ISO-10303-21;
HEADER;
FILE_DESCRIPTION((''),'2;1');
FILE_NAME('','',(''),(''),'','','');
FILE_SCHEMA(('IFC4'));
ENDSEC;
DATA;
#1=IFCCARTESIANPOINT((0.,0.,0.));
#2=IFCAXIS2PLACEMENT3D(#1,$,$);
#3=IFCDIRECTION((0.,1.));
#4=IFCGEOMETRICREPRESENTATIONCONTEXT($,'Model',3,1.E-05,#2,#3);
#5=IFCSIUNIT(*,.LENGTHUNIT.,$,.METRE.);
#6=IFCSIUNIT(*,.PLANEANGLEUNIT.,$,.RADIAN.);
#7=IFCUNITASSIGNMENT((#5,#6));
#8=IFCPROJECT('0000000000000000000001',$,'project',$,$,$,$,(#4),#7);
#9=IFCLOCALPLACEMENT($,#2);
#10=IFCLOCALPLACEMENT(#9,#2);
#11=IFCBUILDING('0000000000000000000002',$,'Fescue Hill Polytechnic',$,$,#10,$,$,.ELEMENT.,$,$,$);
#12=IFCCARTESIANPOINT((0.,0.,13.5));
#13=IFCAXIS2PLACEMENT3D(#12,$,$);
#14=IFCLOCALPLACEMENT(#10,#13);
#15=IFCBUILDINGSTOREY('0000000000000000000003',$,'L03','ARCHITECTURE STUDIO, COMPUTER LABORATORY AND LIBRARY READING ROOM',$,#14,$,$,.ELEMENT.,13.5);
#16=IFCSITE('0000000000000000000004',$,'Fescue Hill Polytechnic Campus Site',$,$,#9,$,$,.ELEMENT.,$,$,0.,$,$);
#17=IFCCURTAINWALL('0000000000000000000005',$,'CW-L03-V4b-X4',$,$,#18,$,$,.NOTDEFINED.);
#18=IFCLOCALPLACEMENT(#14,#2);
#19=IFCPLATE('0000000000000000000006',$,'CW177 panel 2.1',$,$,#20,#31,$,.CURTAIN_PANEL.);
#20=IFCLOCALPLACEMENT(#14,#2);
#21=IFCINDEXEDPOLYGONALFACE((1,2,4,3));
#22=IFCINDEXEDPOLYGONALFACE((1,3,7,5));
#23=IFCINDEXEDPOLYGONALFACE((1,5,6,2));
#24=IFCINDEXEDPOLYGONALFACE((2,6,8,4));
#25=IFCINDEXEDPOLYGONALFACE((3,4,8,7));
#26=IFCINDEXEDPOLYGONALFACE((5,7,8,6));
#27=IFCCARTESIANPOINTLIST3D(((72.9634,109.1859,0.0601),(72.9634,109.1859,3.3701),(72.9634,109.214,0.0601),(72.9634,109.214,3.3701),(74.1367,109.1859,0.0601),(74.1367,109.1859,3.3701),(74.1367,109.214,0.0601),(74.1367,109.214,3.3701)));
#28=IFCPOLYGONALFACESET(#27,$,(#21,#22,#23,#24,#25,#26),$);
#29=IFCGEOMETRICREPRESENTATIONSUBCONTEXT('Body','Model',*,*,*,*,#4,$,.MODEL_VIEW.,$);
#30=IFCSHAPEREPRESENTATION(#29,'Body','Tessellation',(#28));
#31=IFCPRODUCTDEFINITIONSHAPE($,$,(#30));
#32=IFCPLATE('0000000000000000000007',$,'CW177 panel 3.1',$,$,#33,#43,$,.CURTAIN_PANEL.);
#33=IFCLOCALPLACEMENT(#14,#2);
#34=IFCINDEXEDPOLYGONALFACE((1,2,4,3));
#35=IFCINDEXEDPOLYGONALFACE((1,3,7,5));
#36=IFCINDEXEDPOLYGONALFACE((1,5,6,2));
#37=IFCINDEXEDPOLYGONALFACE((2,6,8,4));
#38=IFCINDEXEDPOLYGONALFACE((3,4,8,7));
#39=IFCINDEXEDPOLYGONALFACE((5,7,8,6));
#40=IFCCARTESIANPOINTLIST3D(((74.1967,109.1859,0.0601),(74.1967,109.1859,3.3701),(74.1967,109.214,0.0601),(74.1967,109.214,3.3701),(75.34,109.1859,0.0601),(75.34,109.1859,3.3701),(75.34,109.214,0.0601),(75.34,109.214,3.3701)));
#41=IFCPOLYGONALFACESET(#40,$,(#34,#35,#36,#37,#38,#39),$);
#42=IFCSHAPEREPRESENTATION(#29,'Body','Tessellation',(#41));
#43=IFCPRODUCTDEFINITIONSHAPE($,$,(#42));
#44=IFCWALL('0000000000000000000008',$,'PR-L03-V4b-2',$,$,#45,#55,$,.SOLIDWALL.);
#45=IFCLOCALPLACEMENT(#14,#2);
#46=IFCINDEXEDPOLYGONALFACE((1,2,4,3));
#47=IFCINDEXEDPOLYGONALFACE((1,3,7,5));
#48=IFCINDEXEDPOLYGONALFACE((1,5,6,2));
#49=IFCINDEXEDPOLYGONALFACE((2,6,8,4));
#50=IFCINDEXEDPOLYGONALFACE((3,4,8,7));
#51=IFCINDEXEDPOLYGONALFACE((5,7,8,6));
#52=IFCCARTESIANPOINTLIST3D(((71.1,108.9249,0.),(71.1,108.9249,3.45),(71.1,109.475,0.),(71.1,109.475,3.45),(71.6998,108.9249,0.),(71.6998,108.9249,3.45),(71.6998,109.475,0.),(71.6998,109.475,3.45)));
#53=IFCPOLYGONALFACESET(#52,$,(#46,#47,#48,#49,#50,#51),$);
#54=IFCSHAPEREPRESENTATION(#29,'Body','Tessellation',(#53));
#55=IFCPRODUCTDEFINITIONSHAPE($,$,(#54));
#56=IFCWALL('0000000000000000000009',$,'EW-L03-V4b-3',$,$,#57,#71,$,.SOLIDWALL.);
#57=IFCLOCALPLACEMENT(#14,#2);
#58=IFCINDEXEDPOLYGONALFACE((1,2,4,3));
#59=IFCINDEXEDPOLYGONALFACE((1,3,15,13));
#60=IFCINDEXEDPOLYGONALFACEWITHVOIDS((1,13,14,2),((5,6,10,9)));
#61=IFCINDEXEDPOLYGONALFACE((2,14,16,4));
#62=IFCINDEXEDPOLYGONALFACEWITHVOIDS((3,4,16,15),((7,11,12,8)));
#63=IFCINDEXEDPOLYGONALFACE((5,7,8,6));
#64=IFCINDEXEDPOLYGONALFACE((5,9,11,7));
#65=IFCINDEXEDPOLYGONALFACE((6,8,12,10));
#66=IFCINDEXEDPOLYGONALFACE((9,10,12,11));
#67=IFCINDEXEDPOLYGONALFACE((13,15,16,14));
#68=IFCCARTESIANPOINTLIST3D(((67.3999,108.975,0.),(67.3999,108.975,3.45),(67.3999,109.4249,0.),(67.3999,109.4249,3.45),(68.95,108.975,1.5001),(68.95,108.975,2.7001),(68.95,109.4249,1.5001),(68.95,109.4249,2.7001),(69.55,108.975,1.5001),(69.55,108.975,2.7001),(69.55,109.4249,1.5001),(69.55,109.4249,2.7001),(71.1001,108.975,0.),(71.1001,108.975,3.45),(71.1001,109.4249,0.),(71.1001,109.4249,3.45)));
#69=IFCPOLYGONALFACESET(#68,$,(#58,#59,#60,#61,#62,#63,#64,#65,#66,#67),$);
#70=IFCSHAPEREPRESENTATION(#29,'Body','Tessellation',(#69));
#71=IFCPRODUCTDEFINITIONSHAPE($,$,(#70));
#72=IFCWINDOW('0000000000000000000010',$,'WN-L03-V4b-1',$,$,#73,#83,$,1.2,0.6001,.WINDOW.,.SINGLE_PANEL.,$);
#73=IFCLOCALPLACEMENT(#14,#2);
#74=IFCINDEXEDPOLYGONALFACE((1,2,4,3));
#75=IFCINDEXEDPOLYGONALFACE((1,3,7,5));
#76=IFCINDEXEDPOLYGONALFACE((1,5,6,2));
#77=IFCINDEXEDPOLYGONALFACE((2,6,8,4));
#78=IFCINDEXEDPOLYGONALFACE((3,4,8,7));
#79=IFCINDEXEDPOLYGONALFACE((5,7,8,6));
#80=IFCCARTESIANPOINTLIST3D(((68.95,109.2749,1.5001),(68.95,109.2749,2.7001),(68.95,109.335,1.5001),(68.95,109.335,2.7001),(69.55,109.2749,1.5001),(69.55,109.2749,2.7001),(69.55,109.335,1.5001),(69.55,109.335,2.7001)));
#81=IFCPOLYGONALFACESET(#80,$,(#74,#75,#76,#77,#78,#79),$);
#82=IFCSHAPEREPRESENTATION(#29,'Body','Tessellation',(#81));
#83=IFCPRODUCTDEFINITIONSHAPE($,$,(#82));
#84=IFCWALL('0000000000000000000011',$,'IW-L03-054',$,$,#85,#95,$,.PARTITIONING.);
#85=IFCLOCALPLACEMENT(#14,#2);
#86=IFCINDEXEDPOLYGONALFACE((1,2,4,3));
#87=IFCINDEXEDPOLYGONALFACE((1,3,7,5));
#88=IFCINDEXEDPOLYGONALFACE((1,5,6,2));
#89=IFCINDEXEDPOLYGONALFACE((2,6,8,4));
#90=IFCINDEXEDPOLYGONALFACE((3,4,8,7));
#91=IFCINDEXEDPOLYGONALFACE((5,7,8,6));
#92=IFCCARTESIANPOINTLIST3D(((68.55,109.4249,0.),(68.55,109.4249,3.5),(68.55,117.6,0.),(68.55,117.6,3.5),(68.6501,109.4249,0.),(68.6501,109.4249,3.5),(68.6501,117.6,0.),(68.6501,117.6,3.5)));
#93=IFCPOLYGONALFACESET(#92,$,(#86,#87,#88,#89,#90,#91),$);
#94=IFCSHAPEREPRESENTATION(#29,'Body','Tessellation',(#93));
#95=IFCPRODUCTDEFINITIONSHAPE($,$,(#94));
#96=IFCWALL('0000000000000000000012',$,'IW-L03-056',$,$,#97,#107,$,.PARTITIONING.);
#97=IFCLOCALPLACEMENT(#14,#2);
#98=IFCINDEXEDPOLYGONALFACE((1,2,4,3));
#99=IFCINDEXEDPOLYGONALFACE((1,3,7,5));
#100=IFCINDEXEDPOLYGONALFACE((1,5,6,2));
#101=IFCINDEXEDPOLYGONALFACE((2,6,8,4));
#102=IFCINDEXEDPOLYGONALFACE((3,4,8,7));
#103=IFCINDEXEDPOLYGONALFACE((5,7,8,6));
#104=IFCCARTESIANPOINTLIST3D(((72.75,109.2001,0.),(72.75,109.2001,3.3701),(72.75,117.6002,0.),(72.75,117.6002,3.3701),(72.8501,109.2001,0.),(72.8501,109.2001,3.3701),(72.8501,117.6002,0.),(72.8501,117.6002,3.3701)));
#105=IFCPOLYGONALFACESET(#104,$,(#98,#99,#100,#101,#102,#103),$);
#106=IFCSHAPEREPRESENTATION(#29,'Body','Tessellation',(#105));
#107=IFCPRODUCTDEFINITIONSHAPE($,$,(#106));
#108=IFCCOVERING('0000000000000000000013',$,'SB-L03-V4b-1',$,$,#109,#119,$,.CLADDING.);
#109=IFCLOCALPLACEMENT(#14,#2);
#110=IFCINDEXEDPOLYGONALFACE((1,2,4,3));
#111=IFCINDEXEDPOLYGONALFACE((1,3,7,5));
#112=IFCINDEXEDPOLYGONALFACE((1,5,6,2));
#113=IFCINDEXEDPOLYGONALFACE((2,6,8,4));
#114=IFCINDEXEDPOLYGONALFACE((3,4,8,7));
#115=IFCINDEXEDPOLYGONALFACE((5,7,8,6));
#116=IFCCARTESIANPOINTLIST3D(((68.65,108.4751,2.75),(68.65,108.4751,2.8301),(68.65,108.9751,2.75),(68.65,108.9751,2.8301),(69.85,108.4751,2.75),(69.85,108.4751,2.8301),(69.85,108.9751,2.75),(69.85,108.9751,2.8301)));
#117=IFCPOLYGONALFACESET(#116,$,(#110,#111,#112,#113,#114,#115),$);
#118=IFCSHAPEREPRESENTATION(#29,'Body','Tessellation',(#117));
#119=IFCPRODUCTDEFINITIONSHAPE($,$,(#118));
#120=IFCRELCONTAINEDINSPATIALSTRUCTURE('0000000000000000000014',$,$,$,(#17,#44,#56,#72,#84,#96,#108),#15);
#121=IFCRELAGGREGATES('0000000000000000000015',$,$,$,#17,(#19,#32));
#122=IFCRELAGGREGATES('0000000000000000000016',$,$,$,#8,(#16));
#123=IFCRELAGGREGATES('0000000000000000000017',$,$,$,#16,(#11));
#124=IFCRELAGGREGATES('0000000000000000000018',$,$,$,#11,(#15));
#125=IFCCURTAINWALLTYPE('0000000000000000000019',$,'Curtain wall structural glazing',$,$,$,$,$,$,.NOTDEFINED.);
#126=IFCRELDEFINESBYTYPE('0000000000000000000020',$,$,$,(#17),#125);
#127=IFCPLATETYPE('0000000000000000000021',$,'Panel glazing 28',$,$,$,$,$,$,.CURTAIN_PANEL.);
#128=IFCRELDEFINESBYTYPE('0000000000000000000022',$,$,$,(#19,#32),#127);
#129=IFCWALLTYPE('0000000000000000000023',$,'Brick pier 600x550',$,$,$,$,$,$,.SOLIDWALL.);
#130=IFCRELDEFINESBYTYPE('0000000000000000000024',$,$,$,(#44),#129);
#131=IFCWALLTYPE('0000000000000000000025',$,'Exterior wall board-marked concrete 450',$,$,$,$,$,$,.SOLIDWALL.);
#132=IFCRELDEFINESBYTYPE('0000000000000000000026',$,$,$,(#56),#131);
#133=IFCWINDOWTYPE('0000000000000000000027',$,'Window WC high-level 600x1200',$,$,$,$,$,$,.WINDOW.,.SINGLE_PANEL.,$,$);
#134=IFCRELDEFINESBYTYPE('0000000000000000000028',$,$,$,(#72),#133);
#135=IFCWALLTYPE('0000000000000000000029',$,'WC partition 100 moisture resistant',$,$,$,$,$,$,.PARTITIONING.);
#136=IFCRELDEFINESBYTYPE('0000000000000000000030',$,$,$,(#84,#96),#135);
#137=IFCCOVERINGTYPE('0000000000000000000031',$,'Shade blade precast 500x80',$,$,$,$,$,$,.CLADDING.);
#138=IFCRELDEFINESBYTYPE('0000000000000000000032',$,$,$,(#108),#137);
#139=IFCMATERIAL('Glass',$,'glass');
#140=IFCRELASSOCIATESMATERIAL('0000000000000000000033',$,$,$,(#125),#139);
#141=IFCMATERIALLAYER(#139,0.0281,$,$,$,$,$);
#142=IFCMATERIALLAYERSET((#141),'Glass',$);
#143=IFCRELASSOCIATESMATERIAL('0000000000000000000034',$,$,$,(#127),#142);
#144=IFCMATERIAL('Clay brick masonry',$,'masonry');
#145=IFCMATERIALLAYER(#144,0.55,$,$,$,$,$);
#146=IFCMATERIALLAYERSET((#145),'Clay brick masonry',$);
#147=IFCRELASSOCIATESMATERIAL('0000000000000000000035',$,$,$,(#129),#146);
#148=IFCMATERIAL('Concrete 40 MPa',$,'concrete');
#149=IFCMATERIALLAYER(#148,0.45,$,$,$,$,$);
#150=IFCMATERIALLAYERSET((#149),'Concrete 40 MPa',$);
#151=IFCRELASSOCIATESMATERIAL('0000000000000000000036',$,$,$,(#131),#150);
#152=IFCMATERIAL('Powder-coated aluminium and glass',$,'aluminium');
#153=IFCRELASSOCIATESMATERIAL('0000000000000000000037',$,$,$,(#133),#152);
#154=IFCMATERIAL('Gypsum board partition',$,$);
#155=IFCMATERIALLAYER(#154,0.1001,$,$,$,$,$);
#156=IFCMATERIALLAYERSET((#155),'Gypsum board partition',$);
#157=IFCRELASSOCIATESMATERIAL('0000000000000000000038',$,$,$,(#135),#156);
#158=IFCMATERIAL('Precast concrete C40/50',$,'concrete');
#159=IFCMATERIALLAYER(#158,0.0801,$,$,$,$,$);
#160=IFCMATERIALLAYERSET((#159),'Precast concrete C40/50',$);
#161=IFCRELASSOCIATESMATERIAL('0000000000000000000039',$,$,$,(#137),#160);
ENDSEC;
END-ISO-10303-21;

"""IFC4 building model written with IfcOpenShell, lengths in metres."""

from ifc_helpers import new_model, si_unit, direction, frame, frame_2d, origin, origin_2d, place, context, subcontext, project, spatial, rectangle, extrude, material, layer, layer_set, type_object, element, fill, aggregate, save


model = new_model("IFC4")

# Units and contexts
model_context = context("Model", 3, precision=1e-05, world=origin(), true_north=direction((0.0, 1.0)))
body_context = subcontext(model_context, "Body", "Model", "MODEL_VIEW")
ifc_project = project(units=[si_unit("LENGTHUNIT", "METRE"), si_unit("PLANEANGLEUNIT", "RADIAN")], contexts=[model_context])

# Site, building, storey
site_placement = place(None, origin())
site = spatial("IfcSite", under=ifc_project, at=site_placement, Name="Fescue Hill Polytechnic Campus Site", CompositionType="ELEMENT", RefElevation=0.0)
building_placement = place(site_placement, origin())
building = spatial("IfcBuilding", under=site, at=building_placement, Name="Fescue Hill Polytechnic", CompositionType="ELEMENT")
storey_placement = place(building_placement, frame((0.0, 0.0, 13.5)))
storey = spatial("IfcBuildingStorey", under=building, at=storey_placement, Name="L03", Description="ARCHITECTURE STUDIO, COMPUTER LABORATORY AND LIBRARY READING ROOM", CompositionType="ELEMENT", Elevation=13.5)

# Shared definitions
ifc_material_1 = material(Name="Concrete 40 MPa", Category="concrete")

# Curtain wall, plates
ifc_material_2 = material(Name="Glass", Category="glass")
curtain_wall_type = type_object("IfcCurtainWallType", Name="Curtain wall structural glazing", PredefinedType="NOTDEFINED", material=ifc_material_2)
curtain_wall_placement = place(storey_placement, origin())
curtain_wall = element("IfcCurtainWall", 1, at=curtain_wall_placement, inside=storey, type_object=curtain_wall_type, Name="CW-L03-V4b-X4", PredefinedType="NOTDEFINED")
ifc_layer_1 = layer(ifc_material_2, 0.0281)
ifc_layer_set_1 = layer_set([ifc_layer_1], Name="Glass")
plate_type = type_object("IfcPlateType", Name="Panel glazing 28", PredefinedType="CURTAIN_PANEL", material=ifc_layer_set_1)
plate_1_placement = place(storey_placement, frame((73.55, 109.2, 0.0601), z_axis=(0.0, 0.0, 1.0), x_axis=(1.0, 0.0, 0.0)))
plate_1 = element("IfcPlate", 2, at=plate_1_placement, type_object=plate_type, Name="CW177 panel 2.1", PredefinedType="CURTAIN_PANEL", context=body_context, shape_type="SweptSolid", body=[
    extrude(rectangle(XDim=1.1733, YDim=0.0281, at=origin_2d()), origin(), (0.0, 0.0, 1.0), 3.3101),
])
plate_2_placement = place(storey_placement, frame((74.7683, 109.2, 0.0601), z_axis=(0.0, 0.0, 1.0), x_axis=(1.0, 0.0, 0.0)))
plate_2 = element("IfcPlate", 3, at=plate_2_placement, type_object=plate_type, Name="CW177 panel 3.1", PredefinedType="CURTAIN_PANEL", context=body_context, shape_type="SweptSolid", body=[
    extrude(rectangle(XDim=1.1433, YDim=0.0281, at=origin_2d()), origin(), (0.0, 0.0, 1.0), 3.3101),
])
aggregate(curtain_wall, [plate_1, plate_2])

# Wall
ifc_material_3 = material(Name="Clay brick masonry", Category="masonry")
ifc_layer_2 = layer(ifc_material_3, 0.55)
ifc_layer_set_2 = layer_set([ifc_layer_2], Name="Clay brick masonry")
wall_type_1 = type_object("IfcWallType", Name="Brick pier 600x550", PredefinedType="SOLIDWALL", material=ifc_layer_set_2)
wall_1_placement = place(storey_placement, frame((71.1001, 109.2, 0.0), z_axis=(0.0, 0.0, 1.0), x_axis=(1.0, 0.0, 0.0)))
element("IfcWall", 4, at=wall_1_placement, inside=storey, type_object=wall_type_1, Name="PR-L03-V4b-2", PredefinedType="SOLIDWALL", context=body_context, shape_type="SweptSolid", body=[
    extrude(rectangle(XDim=0.5999, YDim=0.55, at=frame_2d((0.2998, 0.0))), origin(), (0.0, 0.0, 1.0), 3.45),
])

# Wall, opening, window
ifc_layer_3 = layer(ifc_material_1, 0.45)
ifc_layer_set_3 = layer_set([ifc_layer_3], Name="Concrete 40 MPa")
wall_type_2 = type_object("IfcWallType", Name="Exterior wall board-marked concrete 450", PredefinedType="SOLIDWALL", material=ifc_layer_set_3)
wall_2_placement = place(storey_placement, frame((67.3999, 109.2, 0.0), z_axis=(0.0, 0.0, 1.0), x_axis=(1.0, 0.0, 0.0)))
wall_2 = element("IfcWall", 5, at=wall_2_placement, inside=storey, type_object=wall_type_2, Name="EW-L03-V4b-3", PredefinedType="SOLIDWALL", context=body_context, shape_type="SweptSolid", body=[
    extrude(rectangle(XDim=3.7002, YDim=0.45, at=frame_2d((1.8501, 0.0))), origin(), (0.0, 0.0, 1.0), 3.45),
])
opening_placement = place(wall_2_placement, frame((1.55, 0.0, 1.5)))
opening = element("IfcOpeningElement", 6, at=opening_placement, cuts=wall_2, PredefinedType="OPENING", context=body_context, shape_type="SweptSolid", body=[
    extrude(rectangle(XDim=0.6001, YDim=1.2, at=frame_2d((0.3, 0.6001))), frame((0.0, 0.2349, 0.0), z_axis=(0.0, -1.0, 0.0), x_axis=(1.0, 0.0, 0.0)), (0.0, 0.0, 1.0), 0.47),
])
ifc_material_4 = material(Name="Powder-coated aluminium and glass", Category="aluminium")
window_type = type_object("IfcWindowType", Name="Window WC high-level 600x1200", PartitioningType="SINGLE_PANEL", PredefinedType="WINDOW", material=ifc_material_4)
window_placement = place(opening_placement, origin())
window = element("IfcWindow", 7, at=window_placement, inside=storey, type_object=window_type, Name="WN-L03-V4b-1", OverallHeight=1.2, OverallWidth=0.6001, PartitioningType="SINGLE_PANEL", PredefinedType="WINDOW", context=body_context, shape_type="SweptSolid", body=[
    extrude(rectangle(XDim=0.6001, YDim=1.2, at=frame_2d((0.3, 0.6001))), frame((0.0, 0.135, 0.0), z_axis=(0.0, -1.0, 0.0), x_axis=(1.0, 0.0, 0.0)), (0.0, 0.0, 1.0), 0.0601),
])
fill(opening, window)

# Walls
ifc_material_5 = material(Name="Gypsum board partition")
ifc_layer_4 = layer(ifc_material_5, 0.1001)
ifc_layer_set_4 = layer_set([ifc_layer_4], Name="Gypsum board partition")
wall_type_3 = type_object("IfcWallType", Name="WC partition 100 moisture resistant", PredefinedType="PARTITIONING", material=ifc_layer_set_4)
wall_3_placement = place(storey_placement, frame((68.6001, 109.425, 0.0), z_axis=(0.0, 0.0, 1.0), x_axis=(0.0, 1.0, 0.0)))
element("IfcWall", 8, at=wall_3_placement, inside=storey, type_object=wall_type_3, Name="IW-L03-054", PredefinedType="PARTITIONING", context=body_context, shape_type="SweptSolid", body=[
    extrude(rectangle(XDim=8.175, YDim=0.1001, at=frame_2d((4.0874, 0.0))), origin(), (0.0, 0.0, 1.0), 3.5),
])
wall_4_placement = place(storey_placement, frame((72.8, 109.2, 0.0), z_axis=(0.0, 0.0, 1.0), x_axis=(0.0, 1.0, 0.0)))
element("IfcWall", 9, at=wall_4_placement, inside=storey, type_object=wall_type_3, Name="IW-L03-056", PredefinedType="PARTITIONING", context=body_context, shape_type="SweptSolid", body=[
    extrude(rectangle(XDim=8.4001, YDim=0.1001, at=frame_2d((4.2002, 0.0))), origin(), (0.0, 0.0, 1.0), 3.3701),
])

# Covering
ifc_material_6 = material(Name="Precast concrete C40/50", Category="concrete")
ifc_layer_5 = layer(ifc_material_6, 0.0801)
ifc_layer_set_5 = layer_set([ifc_layer_5], Name="Precast concrete C40/50")
covering_type = type_object("IfcCoveringType", Name="Shade blade precast 500x80", PredefinedType="CLADDING", material=ifc_layer_set_5)
covering_placement = place(storey_placement, frame((69.25, 108.7251, 2.75), z_axis=(0.0, 0.0, 1.0), x_axis=(1.0, 0.0, 0.0)))
element("IfcCovering", 10, at=covering_placement, inside=storey, type_object=covering_type, Name="SB-L03-V4b-1", PredefinedType="CLADDING", context=body_context, shape_type="SweptSolid", body=[
    extrude(rectangle(XDim=1.2, YDim=0.5, at=origin_2d()), origin(), (0.0, 0.0, 1.0), 0.0801),
])

save(model, "model.ifc")
